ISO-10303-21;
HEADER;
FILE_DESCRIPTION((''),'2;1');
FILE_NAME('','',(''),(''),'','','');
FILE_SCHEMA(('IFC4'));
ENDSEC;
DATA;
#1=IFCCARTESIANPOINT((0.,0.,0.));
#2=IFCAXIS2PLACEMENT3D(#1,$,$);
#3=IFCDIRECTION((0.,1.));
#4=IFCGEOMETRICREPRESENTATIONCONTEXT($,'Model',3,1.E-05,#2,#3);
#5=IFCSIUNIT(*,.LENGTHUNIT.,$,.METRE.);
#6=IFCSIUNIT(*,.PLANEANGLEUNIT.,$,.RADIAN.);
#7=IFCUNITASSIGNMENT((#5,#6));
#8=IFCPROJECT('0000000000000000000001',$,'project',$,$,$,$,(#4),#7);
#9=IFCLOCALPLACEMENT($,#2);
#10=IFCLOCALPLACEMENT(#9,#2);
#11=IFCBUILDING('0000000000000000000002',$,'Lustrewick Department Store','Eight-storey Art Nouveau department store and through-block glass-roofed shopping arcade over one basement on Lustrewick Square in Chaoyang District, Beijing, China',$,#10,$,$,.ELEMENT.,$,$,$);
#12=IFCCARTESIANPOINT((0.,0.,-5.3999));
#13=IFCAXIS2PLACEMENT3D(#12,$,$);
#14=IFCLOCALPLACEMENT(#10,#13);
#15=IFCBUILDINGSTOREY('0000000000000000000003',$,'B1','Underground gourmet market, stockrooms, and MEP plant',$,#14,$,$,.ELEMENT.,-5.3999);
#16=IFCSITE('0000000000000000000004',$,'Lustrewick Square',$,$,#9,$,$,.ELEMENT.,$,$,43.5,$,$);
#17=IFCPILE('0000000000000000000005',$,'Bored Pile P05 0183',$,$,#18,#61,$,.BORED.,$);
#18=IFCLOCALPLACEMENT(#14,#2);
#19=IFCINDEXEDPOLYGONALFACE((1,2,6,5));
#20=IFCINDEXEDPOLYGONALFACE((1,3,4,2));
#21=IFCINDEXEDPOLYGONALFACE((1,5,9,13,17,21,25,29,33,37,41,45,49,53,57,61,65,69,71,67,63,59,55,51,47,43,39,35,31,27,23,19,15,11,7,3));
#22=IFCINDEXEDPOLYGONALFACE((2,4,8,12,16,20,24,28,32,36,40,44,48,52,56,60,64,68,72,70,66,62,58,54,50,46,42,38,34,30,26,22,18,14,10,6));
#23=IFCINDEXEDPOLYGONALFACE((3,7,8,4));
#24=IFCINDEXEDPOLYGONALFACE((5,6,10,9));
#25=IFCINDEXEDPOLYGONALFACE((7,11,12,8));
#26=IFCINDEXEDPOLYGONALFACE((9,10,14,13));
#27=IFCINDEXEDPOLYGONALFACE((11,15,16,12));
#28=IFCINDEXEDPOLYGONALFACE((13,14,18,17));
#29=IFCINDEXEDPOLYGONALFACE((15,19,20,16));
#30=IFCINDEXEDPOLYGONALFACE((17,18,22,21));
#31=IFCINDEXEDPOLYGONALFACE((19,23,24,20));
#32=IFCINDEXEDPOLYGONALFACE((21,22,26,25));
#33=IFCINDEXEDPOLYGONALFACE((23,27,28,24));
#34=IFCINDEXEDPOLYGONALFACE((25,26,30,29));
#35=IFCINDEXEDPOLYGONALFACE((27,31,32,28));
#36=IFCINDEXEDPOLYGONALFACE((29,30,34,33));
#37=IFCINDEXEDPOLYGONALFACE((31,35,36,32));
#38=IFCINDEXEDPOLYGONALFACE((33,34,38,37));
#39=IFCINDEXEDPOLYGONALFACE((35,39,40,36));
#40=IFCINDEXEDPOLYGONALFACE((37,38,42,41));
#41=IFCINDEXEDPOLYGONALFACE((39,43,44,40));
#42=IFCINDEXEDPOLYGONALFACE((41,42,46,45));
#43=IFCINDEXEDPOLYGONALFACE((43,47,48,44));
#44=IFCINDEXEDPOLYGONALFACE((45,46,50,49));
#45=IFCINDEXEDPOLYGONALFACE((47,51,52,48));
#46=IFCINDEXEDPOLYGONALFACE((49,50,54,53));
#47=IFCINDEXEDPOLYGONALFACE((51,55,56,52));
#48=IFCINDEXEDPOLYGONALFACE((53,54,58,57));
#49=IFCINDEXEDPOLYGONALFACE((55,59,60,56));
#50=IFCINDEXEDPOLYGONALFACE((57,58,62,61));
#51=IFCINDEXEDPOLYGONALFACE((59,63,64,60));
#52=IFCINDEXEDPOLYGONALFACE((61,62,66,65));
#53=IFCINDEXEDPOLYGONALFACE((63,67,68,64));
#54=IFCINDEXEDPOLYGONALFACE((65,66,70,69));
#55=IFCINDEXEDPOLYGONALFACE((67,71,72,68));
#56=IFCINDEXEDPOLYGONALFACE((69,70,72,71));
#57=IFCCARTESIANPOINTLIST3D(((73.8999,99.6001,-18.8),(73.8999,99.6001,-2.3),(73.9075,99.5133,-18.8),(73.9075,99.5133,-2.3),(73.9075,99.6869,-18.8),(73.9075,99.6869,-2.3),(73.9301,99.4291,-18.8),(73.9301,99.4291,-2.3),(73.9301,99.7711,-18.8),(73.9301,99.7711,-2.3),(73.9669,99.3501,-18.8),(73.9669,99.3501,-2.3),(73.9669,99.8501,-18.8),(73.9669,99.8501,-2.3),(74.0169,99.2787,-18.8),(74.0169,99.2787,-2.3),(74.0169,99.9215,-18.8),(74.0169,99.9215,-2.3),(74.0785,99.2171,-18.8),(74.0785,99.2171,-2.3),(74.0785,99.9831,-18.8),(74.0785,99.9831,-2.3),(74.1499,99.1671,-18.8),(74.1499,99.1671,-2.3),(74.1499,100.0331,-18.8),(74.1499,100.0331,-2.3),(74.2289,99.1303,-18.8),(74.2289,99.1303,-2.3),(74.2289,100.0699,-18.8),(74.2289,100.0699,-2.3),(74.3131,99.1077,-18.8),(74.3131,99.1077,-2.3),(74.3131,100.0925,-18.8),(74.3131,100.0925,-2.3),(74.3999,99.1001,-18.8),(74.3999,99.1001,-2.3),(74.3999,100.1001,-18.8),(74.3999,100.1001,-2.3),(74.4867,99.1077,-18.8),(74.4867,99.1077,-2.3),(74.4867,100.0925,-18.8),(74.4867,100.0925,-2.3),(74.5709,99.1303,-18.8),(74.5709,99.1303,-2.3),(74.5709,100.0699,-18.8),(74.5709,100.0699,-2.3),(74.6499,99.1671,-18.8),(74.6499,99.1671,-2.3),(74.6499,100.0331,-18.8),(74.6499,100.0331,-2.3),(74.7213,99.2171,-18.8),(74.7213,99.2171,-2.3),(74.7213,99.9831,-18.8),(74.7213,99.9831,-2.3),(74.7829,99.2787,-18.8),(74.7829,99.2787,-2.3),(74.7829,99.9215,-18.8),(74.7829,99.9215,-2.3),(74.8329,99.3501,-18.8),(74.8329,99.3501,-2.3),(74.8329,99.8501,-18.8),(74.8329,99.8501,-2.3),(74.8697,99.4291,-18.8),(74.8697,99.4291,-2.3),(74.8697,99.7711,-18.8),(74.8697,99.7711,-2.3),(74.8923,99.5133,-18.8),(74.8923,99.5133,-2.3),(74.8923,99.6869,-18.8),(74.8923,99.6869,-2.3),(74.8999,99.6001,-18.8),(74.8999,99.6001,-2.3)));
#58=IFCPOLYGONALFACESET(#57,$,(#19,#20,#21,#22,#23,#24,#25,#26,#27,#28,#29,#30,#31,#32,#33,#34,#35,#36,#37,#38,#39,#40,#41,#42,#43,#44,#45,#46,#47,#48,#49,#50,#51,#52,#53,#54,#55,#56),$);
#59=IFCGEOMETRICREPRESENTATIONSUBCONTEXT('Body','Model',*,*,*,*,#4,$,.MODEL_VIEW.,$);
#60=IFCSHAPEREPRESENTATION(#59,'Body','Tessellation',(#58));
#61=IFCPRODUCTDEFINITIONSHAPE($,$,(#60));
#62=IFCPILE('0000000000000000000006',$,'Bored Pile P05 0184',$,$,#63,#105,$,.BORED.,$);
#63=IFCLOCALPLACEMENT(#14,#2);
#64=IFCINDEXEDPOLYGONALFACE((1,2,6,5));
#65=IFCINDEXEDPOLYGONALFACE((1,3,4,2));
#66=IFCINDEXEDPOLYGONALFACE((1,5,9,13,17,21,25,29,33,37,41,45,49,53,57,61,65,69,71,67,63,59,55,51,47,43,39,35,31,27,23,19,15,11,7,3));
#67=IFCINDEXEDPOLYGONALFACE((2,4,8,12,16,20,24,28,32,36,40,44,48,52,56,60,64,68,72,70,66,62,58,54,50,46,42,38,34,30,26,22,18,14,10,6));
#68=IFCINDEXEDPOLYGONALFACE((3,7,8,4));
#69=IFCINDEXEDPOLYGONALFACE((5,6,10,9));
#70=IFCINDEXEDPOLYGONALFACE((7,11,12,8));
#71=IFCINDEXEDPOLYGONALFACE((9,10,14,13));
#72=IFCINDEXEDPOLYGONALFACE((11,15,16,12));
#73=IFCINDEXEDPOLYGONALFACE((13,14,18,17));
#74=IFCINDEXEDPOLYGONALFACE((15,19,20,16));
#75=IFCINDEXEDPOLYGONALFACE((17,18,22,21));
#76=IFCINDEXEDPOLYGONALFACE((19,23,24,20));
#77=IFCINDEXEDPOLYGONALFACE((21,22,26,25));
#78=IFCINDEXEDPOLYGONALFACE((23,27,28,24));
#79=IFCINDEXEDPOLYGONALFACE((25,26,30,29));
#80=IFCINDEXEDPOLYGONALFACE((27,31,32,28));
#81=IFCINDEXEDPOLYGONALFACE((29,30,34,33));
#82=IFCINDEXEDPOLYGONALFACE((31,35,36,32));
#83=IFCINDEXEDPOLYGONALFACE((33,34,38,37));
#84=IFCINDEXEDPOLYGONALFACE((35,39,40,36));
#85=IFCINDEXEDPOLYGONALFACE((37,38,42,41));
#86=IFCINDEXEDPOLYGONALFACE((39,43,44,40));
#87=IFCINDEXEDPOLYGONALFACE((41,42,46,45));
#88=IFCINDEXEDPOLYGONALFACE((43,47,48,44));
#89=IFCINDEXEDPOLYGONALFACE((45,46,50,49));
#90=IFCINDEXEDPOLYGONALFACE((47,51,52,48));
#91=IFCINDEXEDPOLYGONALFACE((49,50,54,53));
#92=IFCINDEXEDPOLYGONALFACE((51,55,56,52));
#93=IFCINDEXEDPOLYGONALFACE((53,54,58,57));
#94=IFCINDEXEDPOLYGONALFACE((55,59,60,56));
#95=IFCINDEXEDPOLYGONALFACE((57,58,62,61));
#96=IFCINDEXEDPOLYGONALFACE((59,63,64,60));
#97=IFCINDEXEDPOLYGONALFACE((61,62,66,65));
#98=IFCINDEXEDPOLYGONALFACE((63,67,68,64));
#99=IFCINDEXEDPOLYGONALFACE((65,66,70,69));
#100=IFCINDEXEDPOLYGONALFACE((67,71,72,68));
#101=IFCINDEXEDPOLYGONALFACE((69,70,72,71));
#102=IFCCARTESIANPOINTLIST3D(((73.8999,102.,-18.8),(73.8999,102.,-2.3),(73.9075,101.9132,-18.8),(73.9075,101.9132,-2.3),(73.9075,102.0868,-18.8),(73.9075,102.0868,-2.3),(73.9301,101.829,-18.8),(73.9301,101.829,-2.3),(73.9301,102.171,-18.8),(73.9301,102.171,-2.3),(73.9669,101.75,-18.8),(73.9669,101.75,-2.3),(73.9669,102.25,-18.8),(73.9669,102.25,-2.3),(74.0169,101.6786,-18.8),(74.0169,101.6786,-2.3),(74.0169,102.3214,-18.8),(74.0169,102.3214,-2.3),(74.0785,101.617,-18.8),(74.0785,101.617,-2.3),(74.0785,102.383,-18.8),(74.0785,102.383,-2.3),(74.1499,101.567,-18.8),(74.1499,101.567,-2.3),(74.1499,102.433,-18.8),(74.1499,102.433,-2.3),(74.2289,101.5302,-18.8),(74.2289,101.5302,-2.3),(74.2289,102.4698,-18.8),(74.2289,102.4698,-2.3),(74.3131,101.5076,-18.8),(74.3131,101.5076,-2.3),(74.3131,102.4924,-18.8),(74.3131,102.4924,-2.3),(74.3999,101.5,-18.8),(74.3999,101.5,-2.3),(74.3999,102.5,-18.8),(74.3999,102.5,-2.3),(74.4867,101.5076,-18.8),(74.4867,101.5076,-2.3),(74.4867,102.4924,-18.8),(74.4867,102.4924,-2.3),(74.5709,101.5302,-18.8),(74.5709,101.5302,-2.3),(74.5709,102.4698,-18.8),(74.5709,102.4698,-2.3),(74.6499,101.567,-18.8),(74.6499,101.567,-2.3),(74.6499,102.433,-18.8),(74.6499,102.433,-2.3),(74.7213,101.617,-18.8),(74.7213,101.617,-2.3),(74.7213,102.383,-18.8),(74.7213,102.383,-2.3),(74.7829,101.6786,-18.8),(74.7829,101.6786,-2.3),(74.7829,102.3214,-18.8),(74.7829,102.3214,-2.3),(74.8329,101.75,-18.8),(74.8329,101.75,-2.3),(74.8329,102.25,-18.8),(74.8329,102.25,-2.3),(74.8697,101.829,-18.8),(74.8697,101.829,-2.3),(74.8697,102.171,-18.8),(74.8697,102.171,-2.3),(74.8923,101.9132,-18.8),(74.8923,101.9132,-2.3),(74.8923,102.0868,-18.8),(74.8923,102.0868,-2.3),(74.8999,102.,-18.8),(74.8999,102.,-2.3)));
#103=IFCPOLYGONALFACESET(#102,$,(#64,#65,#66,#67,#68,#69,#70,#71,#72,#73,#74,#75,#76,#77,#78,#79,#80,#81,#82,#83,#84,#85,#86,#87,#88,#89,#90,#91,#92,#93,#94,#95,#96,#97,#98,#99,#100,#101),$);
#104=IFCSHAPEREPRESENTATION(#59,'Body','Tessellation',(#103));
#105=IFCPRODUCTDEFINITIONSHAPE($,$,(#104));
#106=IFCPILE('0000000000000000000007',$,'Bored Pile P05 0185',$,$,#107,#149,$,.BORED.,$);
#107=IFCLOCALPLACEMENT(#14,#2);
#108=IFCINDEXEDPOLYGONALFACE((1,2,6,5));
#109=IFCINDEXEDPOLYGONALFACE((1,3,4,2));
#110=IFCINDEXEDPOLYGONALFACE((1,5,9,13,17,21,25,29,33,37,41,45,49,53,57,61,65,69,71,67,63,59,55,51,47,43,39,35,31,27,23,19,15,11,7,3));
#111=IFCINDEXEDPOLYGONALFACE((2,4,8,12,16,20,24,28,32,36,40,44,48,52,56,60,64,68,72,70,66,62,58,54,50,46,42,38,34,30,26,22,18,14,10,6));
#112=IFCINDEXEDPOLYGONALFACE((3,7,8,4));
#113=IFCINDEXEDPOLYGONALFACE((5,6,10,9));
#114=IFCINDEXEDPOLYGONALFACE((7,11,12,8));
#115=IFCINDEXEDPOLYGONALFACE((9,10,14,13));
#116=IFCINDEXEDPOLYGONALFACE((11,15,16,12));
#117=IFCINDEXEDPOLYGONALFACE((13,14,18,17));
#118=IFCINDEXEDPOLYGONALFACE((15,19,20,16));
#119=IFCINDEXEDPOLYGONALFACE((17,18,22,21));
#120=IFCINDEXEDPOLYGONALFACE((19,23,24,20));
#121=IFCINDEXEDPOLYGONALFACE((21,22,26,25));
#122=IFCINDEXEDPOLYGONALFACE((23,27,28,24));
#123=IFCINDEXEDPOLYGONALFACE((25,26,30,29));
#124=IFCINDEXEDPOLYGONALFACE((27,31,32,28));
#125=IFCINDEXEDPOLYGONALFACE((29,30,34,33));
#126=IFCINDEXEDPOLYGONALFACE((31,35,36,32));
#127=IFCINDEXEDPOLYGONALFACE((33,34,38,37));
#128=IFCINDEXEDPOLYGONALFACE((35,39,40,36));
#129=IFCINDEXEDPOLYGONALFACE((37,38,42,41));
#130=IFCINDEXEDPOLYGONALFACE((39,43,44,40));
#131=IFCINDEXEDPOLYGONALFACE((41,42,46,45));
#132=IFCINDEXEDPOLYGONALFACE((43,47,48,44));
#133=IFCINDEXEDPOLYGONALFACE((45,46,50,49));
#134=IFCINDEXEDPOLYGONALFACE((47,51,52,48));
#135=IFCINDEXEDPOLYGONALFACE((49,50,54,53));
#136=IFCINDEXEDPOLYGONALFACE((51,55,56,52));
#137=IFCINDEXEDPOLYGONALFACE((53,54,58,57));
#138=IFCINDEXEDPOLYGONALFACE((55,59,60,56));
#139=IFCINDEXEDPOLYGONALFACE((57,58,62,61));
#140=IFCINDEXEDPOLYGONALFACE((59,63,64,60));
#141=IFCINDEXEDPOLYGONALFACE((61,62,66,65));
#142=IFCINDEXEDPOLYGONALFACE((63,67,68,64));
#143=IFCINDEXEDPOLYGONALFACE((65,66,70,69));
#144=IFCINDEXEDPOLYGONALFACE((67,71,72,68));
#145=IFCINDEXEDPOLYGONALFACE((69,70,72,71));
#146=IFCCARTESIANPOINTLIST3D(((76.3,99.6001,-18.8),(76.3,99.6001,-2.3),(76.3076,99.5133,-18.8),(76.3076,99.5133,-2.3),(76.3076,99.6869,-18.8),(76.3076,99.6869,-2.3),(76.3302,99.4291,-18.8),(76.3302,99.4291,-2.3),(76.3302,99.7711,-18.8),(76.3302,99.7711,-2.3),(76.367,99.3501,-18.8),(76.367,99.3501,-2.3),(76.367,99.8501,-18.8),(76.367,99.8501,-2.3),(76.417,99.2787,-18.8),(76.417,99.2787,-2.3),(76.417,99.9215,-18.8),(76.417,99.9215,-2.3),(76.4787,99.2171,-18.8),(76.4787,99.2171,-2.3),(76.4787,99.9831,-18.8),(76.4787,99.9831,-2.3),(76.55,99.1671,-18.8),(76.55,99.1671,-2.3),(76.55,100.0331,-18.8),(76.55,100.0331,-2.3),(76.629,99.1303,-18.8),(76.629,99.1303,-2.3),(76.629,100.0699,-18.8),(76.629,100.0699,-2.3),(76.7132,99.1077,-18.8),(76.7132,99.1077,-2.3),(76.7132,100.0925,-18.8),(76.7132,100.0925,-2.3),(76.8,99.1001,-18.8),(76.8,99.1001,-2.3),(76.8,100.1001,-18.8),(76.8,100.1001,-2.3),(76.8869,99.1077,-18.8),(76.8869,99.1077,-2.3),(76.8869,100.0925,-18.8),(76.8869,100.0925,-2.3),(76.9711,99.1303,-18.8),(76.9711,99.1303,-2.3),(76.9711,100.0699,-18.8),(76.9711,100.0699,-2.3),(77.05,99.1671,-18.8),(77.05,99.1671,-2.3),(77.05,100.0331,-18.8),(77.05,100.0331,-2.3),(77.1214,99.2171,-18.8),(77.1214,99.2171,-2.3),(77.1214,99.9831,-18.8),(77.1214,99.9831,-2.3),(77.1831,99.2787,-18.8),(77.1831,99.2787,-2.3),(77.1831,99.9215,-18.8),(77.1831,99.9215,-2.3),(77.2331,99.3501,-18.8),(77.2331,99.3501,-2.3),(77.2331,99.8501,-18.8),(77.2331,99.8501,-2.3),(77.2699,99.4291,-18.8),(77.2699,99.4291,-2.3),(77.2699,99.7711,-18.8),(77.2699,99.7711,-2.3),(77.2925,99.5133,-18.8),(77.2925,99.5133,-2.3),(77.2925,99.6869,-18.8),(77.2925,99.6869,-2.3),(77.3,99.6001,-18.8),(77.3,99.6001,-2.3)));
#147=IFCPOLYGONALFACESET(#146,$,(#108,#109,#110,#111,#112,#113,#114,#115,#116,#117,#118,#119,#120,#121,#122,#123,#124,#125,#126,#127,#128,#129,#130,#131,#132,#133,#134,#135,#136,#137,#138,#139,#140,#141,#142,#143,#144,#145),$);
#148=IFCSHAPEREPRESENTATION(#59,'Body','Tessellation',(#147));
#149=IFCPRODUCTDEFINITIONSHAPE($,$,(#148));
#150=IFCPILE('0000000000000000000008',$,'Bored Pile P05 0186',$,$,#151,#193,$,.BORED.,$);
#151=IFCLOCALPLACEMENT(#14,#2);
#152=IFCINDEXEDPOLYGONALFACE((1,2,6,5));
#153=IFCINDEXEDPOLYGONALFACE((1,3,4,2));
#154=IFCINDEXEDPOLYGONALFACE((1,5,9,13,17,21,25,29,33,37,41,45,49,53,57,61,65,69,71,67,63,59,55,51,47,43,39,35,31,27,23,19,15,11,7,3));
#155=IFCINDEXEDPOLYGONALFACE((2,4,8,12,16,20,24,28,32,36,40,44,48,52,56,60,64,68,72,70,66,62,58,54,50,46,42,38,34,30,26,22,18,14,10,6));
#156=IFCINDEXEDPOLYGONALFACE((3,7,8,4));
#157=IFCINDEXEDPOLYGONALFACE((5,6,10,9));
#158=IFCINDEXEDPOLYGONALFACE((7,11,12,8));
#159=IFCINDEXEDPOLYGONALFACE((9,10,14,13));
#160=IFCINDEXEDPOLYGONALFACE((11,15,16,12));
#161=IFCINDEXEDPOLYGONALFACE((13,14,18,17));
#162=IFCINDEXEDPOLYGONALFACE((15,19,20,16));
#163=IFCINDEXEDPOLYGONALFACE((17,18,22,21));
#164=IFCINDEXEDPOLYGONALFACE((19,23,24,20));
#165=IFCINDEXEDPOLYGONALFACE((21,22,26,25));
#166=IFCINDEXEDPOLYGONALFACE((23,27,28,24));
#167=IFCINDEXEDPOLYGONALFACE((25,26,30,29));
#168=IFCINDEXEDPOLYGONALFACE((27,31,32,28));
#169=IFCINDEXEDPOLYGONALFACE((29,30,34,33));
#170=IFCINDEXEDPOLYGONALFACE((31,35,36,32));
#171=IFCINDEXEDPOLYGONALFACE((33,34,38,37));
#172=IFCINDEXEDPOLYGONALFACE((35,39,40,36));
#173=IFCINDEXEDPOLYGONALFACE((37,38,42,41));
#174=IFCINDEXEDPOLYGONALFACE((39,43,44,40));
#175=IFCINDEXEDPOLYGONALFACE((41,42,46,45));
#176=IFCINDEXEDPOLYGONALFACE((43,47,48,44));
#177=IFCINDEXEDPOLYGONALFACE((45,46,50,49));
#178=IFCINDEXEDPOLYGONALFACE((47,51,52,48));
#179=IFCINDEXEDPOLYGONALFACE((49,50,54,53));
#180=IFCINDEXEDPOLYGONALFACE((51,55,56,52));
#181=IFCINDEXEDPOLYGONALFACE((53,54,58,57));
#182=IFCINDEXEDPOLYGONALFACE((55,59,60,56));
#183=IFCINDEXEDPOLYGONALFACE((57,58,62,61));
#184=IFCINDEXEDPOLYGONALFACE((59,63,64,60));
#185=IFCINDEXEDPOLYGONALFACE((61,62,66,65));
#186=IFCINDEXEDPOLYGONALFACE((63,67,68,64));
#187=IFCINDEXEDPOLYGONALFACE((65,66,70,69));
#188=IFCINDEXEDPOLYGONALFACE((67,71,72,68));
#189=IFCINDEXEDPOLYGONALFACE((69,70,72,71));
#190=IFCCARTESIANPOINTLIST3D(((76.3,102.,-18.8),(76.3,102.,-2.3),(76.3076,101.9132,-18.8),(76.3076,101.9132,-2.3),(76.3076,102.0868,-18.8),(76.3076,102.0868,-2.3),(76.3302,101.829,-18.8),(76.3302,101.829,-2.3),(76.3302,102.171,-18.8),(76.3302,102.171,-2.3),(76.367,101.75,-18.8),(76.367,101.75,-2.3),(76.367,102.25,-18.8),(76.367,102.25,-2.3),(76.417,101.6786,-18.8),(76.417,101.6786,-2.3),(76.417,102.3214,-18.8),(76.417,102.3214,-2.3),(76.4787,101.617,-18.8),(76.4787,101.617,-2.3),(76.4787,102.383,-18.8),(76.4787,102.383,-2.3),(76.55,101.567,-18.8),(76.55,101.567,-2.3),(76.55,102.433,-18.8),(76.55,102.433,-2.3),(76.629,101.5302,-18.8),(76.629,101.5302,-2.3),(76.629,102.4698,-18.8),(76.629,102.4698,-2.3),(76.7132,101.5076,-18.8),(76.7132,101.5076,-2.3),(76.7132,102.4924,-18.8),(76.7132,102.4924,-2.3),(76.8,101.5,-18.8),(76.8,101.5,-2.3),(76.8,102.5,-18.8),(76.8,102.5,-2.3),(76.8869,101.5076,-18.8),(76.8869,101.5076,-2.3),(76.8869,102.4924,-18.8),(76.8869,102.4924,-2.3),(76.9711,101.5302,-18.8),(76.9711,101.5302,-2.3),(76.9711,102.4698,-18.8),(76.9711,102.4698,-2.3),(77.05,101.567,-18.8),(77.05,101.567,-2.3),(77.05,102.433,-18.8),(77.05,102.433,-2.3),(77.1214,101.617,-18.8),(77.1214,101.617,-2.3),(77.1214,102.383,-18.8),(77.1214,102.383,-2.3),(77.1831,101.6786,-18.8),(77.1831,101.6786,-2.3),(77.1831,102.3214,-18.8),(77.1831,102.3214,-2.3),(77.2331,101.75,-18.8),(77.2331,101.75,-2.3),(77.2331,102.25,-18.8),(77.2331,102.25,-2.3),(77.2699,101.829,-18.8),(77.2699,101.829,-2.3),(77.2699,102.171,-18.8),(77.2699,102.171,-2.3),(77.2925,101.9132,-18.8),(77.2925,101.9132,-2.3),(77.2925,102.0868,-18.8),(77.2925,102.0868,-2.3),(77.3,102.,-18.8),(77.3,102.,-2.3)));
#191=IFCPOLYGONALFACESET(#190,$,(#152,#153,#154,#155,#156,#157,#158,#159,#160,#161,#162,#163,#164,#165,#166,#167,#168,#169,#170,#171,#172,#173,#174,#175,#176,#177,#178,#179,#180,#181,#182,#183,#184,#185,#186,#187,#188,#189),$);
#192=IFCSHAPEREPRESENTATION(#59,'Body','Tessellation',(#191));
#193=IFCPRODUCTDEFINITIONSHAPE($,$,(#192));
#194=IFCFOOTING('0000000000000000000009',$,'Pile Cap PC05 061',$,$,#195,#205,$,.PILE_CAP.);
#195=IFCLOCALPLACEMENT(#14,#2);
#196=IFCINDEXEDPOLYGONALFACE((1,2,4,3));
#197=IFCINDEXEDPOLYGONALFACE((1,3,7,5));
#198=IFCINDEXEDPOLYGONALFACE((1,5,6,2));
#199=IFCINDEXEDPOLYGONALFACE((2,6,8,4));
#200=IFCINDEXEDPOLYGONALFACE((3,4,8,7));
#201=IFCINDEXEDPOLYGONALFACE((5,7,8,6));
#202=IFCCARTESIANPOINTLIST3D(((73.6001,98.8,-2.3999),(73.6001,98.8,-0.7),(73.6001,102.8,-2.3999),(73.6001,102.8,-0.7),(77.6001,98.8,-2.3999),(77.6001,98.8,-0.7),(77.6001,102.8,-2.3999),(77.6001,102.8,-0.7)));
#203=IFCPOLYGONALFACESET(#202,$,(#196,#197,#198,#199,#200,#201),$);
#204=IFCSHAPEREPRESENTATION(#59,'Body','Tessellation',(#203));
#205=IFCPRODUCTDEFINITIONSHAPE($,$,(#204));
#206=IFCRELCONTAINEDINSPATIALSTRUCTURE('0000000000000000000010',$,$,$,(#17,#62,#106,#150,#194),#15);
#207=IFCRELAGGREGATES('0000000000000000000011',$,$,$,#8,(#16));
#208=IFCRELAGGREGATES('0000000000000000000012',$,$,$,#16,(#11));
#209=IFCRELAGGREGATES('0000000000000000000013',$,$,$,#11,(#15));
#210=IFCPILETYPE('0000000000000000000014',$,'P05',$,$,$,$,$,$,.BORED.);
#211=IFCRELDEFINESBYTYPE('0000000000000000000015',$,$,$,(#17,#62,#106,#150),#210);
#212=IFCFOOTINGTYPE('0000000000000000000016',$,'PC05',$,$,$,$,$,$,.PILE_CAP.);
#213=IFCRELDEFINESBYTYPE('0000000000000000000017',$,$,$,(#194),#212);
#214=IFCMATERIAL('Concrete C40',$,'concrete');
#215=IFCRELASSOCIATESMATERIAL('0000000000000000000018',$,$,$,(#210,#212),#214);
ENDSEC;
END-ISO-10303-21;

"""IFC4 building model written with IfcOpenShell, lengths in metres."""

from ifc_helpers import new_model, si_unit, direction, frame, origin, origin_2d, place, context, subcontext, project, spatial, rectangle, circle, extrude, material, material_profile, profile_set, type_object, element, save


model = new_model("IFC4")

# Units and contexts
model_context = context("Model", 3, precision=1e-05, world=origin(), true_north=direction((0.0, 1.0)))
body_context = subcontext(model_context, "Body", "Model", "MODEL_VIEW")
ifc_project = project(units=[si_unit("LENGTHUNIT", "METRE"), si_unit("PLANEANGLEUNIT", "RADIAN")], contexts=[model_context])

# Site, building, storey
site_placement = place(None, origin())
site = spatial("IfcSite", under=ifc_project, at=site_placement, Name="Lustrewick Square", CompositionType="ELEMENT", RefElevation=43.5)
building_placement = place(site_placement, origin())
building = spatial("IfcBuilding", under=site, at=building_placement, Name="Lustrewick Department Store", Description="Eight-storey Art Nouveau department store and through-block glass-roofed shopping arcade over one basement on Lustrewick Square in Chaoyang District, Beijing, China", CompositionType="ELEMENT")
storey_placement = place(building_placement, frame((0.0, 0.0, -5.3999)))
storey = spatial("IfcBuildingStorey", under=building, at=storey_placement, Name="B1", Description="Underground gourmet market, stockrooms, and MEP plant", CompositionType="ELEMENT", Elevation=-5.3999)

# Piles
ifc_material_1 = material(Name="Concrete C40", Category="concrete")
ifc_material_profile_1 = material_profile(ifc_material_1, circle(Radius=0.5, at=origin_2d()), Name="PILE D1000")
ifc_profile_set_1 = profile_set([ifc_material_profile_1], Name="Concrete C40")
pile_type_1 = type_object("IfcPileType", Name="P05", PredefinedType="BORED", material=ifc_profile_set_1)
for number, where, z_axis, x_axis, name in (
    (1, (74.3999, 99.6001, -2.3), (0.0, 0.0, -1.0), (1.0, 0.0, 0.0), "Bored Pile P05 0183"),
    (2, (74.3999, 102.0, -2.3), (0.0, 0.0, -1.0), (1.0, 0.0, 0.0), "Bored Pile P05 0184"),
    (3, (76.8, 99.6001, -2.3), (0.0, 0.0, -1.0), (1.0, 0.0, 0.0), "Bored Pile P05 0185"),
    (4, (76.8, 102.0, -2.3), (0.0, 0.0, -1.0), (1.0, 0.0, 0.0), "Bored Pile P05 0186"),
):
    element("IfcPile", number, at=place(storey_placement, frame(where, z_axis=z_axis, x_axis=x_axis)), inside=storey, type_object=pile_type_1, Name=name, PredefinedType="BORED", context=body_context, shape_type="SweptSolid", body=[
        extrude(circle(Radius=0.5, at=origin_2d()), origin(), (0.0, 0.0, 1.0), 16.5),
    ])

# Footing
footing_type_1 = type_object("IfcFootingType", Name="PC05", PredefinedType="PILE_CAP", material=ifc_material_1)
footing_1_placement = place(storey_placement, frame((75.6001, 100.8, -2.3999), z_axis=(0.0, 0.0, 1.0), x_axis=(1.0, 0.0, 0.0)))
element("IfcFooting", 5, at=footing_1_placement, inside=storey, type_object=footing_type_1, Name="Pile Cap PC05 061", PredefinedType="PILE_CAP", context=body_context, shape_type="SweptSolid", body=[
    extrude(rectangle(XDim=4.0, YDim=4.0, at=origin_2d()), origin(), (0.0, 0.0, 1.0), 1.7),
])

save(model, "model.ifc")
